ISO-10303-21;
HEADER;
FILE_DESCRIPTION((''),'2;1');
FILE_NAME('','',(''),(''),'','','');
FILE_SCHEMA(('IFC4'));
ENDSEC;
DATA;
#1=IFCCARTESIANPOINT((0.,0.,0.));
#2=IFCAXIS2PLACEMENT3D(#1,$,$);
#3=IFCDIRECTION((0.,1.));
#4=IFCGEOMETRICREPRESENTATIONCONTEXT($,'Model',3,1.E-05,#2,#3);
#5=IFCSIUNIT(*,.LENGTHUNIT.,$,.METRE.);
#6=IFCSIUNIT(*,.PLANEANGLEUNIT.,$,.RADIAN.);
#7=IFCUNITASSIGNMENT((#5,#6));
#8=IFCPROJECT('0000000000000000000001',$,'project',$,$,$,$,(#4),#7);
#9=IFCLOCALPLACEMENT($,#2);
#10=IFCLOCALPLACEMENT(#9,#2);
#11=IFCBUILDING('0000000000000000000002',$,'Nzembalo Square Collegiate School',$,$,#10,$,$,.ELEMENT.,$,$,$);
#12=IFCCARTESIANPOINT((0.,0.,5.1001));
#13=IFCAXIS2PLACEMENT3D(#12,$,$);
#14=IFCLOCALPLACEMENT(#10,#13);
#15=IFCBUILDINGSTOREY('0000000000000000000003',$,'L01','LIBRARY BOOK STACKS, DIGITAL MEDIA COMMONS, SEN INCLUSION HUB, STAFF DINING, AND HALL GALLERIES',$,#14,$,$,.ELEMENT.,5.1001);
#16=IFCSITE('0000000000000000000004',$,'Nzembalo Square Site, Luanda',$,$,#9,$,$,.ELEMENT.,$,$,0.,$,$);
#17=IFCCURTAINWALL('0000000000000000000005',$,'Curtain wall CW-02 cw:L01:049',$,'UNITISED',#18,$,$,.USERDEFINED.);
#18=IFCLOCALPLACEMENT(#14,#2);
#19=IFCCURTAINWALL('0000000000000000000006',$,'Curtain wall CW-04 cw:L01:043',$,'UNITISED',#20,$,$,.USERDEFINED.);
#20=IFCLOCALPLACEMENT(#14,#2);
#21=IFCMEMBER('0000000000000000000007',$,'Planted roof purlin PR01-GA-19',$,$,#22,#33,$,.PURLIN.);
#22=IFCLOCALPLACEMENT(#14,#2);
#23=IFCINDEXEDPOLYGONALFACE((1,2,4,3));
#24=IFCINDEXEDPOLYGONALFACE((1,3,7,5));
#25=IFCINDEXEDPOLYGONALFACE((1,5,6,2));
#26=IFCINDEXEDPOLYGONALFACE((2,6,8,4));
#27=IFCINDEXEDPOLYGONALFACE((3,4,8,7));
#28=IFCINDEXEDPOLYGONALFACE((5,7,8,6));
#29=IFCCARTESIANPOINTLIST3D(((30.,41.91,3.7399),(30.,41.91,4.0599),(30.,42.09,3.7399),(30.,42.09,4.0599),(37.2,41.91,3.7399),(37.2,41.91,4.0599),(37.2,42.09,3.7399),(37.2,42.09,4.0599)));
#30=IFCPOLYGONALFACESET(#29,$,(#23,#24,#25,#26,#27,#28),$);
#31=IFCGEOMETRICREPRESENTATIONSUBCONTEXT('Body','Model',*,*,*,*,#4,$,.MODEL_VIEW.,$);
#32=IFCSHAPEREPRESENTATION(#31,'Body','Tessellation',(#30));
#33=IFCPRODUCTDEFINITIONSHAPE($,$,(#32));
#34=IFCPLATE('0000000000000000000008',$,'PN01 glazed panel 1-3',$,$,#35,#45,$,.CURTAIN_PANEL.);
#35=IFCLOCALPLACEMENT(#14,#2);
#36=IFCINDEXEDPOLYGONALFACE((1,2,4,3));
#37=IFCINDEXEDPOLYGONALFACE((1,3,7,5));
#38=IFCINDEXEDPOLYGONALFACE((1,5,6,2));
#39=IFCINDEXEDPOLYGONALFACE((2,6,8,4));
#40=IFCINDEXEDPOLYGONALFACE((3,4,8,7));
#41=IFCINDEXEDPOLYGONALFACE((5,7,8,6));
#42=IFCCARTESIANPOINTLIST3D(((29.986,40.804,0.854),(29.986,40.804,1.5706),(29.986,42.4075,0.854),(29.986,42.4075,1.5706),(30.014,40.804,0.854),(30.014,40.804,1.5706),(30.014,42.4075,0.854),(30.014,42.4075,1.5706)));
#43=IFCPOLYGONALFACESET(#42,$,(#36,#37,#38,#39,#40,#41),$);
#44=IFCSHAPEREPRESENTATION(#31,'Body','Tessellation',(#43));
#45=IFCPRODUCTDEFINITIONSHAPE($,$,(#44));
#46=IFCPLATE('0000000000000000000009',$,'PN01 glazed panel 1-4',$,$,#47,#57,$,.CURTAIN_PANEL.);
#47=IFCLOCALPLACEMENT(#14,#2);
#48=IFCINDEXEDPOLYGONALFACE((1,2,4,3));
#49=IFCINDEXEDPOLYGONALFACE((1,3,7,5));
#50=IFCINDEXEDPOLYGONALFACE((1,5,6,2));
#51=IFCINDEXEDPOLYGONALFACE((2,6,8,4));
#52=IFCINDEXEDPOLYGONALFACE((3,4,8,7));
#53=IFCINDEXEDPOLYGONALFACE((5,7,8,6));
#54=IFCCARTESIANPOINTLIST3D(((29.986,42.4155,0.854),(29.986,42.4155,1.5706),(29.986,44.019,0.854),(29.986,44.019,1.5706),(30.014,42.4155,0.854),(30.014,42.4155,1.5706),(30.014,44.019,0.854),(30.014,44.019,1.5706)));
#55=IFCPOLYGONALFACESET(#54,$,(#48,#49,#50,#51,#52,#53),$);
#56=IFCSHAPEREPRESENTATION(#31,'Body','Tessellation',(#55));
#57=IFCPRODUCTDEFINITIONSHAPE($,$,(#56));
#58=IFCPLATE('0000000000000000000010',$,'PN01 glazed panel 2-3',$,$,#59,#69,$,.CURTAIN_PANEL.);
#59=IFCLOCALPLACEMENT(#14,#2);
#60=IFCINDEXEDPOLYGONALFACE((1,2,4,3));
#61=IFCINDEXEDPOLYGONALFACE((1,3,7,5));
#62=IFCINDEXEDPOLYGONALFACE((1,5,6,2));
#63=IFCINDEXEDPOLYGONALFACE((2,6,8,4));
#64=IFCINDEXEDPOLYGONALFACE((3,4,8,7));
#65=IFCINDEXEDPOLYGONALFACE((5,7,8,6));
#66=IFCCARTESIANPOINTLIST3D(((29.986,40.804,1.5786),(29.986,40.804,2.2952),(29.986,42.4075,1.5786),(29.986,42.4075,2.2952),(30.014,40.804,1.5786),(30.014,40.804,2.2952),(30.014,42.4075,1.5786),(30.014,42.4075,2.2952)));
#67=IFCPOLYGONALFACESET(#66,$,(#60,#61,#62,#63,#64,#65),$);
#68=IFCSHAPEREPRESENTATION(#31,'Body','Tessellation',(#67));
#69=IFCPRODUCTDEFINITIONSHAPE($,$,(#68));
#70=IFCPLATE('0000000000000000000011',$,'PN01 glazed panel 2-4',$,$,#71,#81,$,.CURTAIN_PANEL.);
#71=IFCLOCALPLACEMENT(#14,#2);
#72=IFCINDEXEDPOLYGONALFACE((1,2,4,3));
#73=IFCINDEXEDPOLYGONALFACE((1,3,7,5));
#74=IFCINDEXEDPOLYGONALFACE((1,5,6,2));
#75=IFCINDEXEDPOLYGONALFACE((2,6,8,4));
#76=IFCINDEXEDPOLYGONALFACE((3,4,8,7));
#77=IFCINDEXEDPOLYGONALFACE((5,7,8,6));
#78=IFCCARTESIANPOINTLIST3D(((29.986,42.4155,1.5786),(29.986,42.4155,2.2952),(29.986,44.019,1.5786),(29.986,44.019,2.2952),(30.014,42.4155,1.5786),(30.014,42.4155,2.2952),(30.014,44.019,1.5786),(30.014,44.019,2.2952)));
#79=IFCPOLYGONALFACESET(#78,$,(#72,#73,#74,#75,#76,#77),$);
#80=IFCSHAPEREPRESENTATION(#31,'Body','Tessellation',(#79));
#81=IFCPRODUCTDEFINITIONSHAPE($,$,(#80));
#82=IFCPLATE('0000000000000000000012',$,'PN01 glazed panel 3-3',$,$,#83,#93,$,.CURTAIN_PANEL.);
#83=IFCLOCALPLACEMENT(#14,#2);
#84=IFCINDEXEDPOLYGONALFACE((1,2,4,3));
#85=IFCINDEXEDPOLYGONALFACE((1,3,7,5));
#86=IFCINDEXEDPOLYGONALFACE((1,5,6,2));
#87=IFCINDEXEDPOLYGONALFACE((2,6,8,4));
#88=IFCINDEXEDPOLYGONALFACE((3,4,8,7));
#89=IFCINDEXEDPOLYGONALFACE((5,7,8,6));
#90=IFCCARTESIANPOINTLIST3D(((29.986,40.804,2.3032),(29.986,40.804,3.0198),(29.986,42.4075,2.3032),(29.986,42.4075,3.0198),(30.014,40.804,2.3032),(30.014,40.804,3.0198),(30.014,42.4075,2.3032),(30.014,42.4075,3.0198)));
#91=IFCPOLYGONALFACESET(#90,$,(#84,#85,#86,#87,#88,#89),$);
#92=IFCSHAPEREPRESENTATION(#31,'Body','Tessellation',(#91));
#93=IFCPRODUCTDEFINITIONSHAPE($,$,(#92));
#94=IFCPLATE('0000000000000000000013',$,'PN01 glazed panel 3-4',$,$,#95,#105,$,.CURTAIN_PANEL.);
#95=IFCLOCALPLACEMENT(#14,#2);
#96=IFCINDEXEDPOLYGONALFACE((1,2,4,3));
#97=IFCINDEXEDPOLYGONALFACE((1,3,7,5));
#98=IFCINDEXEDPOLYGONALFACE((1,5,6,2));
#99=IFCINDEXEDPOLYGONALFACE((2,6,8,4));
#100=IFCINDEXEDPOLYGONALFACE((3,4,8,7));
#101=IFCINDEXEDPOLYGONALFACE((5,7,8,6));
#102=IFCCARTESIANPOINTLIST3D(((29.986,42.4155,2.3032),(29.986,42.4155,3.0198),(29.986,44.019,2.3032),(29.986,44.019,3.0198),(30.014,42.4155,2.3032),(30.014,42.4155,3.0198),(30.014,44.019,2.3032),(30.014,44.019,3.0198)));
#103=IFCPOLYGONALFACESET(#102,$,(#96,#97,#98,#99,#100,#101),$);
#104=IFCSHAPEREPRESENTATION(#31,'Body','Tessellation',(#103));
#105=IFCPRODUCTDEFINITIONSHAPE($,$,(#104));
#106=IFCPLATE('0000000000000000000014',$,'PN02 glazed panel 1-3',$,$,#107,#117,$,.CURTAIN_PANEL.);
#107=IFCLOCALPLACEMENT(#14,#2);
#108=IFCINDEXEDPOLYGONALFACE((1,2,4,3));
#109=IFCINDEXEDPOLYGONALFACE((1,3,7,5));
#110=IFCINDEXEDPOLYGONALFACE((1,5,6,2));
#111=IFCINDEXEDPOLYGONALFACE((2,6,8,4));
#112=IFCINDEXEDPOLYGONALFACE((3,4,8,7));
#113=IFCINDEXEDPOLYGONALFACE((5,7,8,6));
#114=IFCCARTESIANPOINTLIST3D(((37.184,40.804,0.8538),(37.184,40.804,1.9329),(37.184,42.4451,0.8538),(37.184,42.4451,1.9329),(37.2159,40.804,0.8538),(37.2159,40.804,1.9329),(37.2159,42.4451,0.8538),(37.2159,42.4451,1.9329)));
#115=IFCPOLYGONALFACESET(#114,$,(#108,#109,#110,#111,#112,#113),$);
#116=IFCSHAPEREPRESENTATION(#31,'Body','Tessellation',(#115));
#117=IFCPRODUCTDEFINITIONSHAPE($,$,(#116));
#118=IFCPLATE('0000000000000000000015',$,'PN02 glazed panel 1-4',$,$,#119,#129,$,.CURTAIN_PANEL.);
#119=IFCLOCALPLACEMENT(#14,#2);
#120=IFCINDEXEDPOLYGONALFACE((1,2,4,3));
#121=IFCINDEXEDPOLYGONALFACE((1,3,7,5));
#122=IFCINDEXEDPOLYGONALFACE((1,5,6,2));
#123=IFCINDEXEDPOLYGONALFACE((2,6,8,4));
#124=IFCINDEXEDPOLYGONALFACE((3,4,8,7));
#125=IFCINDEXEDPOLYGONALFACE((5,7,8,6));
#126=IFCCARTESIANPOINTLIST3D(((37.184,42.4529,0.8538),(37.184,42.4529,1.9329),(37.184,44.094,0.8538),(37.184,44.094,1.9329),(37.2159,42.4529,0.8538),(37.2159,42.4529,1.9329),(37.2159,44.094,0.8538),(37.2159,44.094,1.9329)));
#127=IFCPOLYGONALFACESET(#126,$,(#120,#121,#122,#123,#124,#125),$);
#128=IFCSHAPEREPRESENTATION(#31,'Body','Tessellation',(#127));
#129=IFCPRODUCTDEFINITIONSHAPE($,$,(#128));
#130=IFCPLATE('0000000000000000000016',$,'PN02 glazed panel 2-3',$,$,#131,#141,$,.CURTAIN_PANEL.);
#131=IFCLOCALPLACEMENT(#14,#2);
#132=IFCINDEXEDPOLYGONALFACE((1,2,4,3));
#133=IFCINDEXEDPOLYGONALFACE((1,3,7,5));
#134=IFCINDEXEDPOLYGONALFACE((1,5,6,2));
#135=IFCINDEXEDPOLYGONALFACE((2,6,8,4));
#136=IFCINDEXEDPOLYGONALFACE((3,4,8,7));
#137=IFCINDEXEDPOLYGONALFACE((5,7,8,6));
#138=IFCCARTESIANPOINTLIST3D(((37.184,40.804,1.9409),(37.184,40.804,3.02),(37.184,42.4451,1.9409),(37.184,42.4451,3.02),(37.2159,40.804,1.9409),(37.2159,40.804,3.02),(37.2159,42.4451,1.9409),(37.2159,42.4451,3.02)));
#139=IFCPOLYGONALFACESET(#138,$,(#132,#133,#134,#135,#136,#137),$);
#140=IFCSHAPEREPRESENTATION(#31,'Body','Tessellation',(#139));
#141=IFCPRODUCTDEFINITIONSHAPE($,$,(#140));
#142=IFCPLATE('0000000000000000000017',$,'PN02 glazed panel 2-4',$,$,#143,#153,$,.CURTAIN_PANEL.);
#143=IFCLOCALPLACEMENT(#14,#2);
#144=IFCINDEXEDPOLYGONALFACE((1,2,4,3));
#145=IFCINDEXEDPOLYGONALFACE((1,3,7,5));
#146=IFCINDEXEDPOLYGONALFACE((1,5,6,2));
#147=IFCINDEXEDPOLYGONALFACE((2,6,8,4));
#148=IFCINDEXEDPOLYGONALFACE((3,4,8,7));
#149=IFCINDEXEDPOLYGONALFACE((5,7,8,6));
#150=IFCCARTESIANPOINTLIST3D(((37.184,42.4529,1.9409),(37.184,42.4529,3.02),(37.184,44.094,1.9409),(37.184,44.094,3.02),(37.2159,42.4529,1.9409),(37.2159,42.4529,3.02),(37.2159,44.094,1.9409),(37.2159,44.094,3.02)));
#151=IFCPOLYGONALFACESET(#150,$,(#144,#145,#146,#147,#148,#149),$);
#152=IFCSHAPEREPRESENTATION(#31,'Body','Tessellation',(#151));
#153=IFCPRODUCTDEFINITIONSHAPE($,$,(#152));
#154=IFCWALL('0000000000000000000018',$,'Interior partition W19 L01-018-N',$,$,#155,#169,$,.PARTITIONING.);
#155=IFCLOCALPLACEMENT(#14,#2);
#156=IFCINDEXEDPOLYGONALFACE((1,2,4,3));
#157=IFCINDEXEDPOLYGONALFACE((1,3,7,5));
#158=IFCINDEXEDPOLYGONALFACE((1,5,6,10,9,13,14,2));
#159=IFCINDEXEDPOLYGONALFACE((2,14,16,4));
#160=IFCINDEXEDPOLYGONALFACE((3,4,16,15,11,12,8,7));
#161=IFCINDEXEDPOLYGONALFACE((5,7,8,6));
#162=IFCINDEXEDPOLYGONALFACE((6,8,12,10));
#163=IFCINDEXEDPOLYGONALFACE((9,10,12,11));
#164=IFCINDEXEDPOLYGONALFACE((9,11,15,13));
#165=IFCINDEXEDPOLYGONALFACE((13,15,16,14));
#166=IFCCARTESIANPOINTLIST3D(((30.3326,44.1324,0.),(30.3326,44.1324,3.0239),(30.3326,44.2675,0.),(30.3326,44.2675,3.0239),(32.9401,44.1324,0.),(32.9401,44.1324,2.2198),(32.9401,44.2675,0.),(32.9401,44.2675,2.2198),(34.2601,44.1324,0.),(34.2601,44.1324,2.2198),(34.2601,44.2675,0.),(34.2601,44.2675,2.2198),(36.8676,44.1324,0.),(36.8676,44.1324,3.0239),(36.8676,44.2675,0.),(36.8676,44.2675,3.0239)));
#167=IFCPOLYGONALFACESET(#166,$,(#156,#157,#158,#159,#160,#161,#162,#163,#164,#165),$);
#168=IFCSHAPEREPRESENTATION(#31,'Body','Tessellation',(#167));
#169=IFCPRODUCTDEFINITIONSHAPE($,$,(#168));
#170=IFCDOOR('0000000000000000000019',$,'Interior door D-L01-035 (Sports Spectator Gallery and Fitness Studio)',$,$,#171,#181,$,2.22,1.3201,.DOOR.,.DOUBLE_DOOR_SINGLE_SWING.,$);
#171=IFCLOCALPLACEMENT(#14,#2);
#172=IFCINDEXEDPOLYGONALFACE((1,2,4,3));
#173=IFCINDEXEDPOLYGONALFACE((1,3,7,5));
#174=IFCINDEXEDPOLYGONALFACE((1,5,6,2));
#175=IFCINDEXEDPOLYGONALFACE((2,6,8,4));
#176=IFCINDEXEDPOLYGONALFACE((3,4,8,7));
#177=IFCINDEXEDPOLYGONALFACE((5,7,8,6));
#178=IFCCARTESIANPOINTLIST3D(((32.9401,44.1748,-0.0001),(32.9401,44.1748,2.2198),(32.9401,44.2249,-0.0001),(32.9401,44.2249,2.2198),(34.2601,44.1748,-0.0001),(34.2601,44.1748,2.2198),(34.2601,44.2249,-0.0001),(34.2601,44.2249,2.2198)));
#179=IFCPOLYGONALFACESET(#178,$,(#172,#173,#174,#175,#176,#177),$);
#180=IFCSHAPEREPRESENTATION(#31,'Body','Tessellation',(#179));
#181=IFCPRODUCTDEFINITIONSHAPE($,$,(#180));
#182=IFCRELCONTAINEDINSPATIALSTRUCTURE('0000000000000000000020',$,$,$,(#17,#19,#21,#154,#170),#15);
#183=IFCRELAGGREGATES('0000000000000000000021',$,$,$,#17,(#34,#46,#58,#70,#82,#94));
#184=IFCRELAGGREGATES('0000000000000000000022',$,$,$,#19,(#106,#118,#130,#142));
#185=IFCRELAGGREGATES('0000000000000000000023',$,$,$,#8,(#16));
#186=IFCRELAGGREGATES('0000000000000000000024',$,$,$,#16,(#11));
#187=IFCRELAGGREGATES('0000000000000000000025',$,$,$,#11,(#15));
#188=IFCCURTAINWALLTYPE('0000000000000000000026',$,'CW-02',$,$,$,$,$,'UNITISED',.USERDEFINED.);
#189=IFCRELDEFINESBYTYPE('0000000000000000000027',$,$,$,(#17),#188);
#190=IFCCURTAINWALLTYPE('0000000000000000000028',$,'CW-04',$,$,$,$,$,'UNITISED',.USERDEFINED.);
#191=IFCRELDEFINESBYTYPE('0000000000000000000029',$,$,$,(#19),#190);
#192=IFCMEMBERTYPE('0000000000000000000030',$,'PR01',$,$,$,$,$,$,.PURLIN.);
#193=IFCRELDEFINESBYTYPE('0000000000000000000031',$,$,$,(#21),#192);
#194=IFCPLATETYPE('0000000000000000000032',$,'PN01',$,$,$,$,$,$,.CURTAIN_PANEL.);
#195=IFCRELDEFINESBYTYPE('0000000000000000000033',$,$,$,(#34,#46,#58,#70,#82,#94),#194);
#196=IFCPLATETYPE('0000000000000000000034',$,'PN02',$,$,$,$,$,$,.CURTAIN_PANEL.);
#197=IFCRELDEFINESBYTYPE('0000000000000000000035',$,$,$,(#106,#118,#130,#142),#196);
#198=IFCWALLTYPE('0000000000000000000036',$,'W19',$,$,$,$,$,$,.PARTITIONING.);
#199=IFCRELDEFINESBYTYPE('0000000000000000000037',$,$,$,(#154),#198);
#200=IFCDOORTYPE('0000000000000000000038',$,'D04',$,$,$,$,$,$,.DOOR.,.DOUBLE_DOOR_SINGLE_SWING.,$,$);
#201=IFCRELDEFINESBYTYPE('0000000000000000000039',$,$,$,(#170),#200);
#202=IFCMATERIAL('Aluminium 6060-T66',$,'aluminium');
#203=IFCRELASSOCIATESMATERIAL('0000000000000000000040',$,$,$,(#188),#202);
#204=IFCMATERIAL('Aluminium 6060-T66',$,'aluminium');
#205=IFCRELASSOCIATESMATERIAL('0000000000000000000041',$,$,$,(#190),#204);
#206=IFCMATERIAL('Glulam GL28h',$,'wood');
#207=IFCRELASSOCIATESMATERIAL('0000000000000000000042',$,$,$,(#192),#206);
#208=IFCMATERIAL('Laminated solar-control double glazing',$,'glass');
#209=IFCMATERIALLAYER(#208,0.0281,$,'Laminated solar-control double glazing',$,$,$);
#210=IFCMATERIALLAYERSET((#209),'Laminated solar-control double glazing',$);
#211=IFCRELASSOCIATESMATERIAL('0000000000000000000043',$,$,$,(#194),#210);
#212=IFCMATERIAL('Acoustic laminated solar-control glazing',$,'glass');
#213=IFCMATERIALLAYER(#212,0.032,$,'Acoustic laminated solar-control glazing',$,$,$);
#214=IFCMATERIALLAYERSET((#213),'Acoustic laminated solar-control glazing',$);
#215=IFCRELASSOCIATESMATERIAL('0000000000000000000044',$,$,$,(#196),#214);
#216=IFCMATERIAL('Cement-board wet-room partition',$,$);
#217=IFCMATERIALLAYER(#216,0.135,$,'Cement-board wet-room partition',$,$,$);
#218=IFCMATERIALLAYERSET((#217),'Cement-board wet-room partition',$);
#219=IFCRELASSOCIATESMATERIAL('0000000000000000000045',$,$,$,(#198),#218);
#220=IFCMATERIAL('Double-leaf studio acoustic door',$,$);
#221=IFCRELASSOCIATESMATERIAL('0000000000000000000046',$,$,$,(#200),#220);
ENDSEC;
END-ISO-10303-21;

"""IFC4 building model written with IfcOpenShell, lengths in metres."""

from ifc_helpers import new_model, si_unit, direction, frame, frame_2d, origin, origin_2d, place, context, subcontext, project, spatial, rectangle, extrude, material, layer, layer_set, material_profile, profile_set, type_object, element, fill, aggregate, save


model = new_model("IFC4")

# Units and contexts
model_context = context("Model", 3, precision=1e-05, world=origin(), true_north=direction((0.0, 1.0)))
body_context = subcontext(model_context, "Body", "Model", "MODEL_VIEW")
ifc_project = project(units=[si_unit("LENGTHUNIT", "METRE"), si_unit("PLANEANGLEUNIT", "RADIAN")], contexts=[model_context])

# Site, building, storey
site_placement = place(None, origin())
site = spatial("IfcSite", under=ifc_project, at=site_placement, Name="Nzembalo Square Site, Luanda", CompositionType="ELEMENT", RefElevation=0.0)
building_placement = place(site_placement, origin())
building = spatial("IfcBuilding", under=site, at=building_placement, Name="Nzembalo Square Collegiate School", CompositionType="ELEMENT")
storey_placement = place(building_placement, frame((0.0, 0.0, 5.1001)))
storey = spatial("IfcBuildingStorey", under=building, at=storey_placement, Name="L01", Description="LIBRARY BOOK STACKS, DIGITAL MEDIA COMMONS, SEN INCLUSION HUB, STAFF DINING, AND HALL GALLERIES", CompositionType="ELEMENT", Elevation=5.1001)

# Curtain walls
ifc_material_1 = material(Name="Aluminium 6060-T66", Category="aluminium")
curtain_wall_type_1 = type_object("IfcCurtainWallType", Name="CW-02", ElementType="UNITISED", PredefinedType="USERDEFINED", material=ifc_material_1)
curtain_wall_1_placement = place(storey_placement, origin())
curtain_wall_1 = element("IfcCurtainWall", 1, at=curtain_wall_1_placement, inside=storey, type_object=curtain_wall_type_1, Name="Curtain wall CW-02 cw:L01:049", ObjectType="UNITISED", PredefinedType="USERDEFINED")
ifc_material_2 = material(Name="Aluminium 6060-T66", Category="aluminium")
curtain_wall_type_2 = type_object("IfcCurtainWallType", Name="CW-04", ElementType="UNITISED", PredefinedType="USERDEFINED", material=ifc_material_2)
curtain_wall_2_placement = place(storey_placement, origin())
curtain_wall_2 = element("IfcCurtainWall", 2, at=curtain_wall_2_placement, inside=storey, type_object=curtain_wall_type_2, Name="Curtain wall CW-04 cw:L01:043", ObjectType="UNITISED", PredefinedType="USERDEFINED")

# Member
ifc_material_3 = material(Name="Glulam GL28h", Category="wood")
ifc_material_profile_1 = material_profile(ifc_material_3, rectangle(XDim=0.1799, YDim=0.3201, at=origin_2d()), Name="GL28h 180x320")
ifc_profile_set_1 = profile_set([ifc_material_profile_1], Name="Glulam GL28h")
member_type_1 = type_object("IfcMemberType", Name="PR01", PredefinedType="PURLIN", material=ifc_profile_set_1)
member_1_placement = place(storey_placement, frame((30.0, 42.0, 3.8999), z_axis=(1.0, 0.0, 0.0), x_axis=(0.0, 1.0, 0.0)))
element("IfcMember", 3, at=member_1_placement, inside=storey, type_object=member_type_1, Name="Planted roof purlin PR01-GA-19", PredefinedType="PURLIN", context=body_context, shape_type="SweptSolid", body=[
    extrude(rectangle(XDim=0.1799, YDim=0.3201, at=origin_2d()), origin(), (0.0, 0.0, 1.0), 7.2),
])

# Plates
ifc_material_4 = material(Name="Laminated solar-control double glazing", Category="glass")
ifc_layer_1 = layer(ifc_material_4, 0.0281, Name="Laminated solar-control double glazing")
ifc_layer_set_1 = layer_set([ifc_layer_1], Name="Laminated solar-control double glazing")
plate_type_1 = type_object("IfcPlateType", Name="PN01", PredefinedType="CURTAIN_PANEL", material=ifc_layer_set_1)
plate_1_placement = place(storey_placement, frame((30.0, 41.6057, 0.854), z_axis=(0.0, 0.0, 1.0), x_axis=(0.0, 1.0, 0.0)))
plate_1 = element("IfcPlate", 4, at=plate_1_placement, type_object=plate_type_1, Name="PN01 glazed panel 1-3", PredefinedType="CURTAIN_PANEL", context=body_context, shape_type="SweptSolid", body=[
    extrude(rectangle(XDim=1.6035, YDim=0.0281, at=origin_2d()), origin(), (0.0, 0.0, 1.0), 0.7166),
])
plate_2_placement = place(storey_placement, frame((30.0, 43.2173, 0.854), z_axis=(0.0, 0.0, 1.0), x_axis=(0.0, 1.0, 0.0)))
plate_2 = element("IfcPlate", 5, at=plate_2_placement, type_object=plate_type_1, Name="PN01 glazed panel 1-4", PredefinedType="CURTAIN_PANEL", context=body_context, shape_type="SweptSolid", body=[
    extrude(rectangle(XDim=1.6035, YDim=0.0281, at=origin_2d()), origin(), (0.0, 0.0, 1.0), 0.7166),
])
plate_3_placement = place(storey_placement, frame((30.0, 41.6057, 1.5786), z_axis=(0.0, 0.0, 1.0), x_axis=(0.0, 1.0, 0.0)))
plate_3 = element("IfcPlate", 6, at=plate_3_placement, type_object=plate_type_1, Name="PN01 glazed panel 2-3", PredefinedType="CURTAIN_PANEL", context=body_context, shape_type="SweptSolid", body=[
    extrude(rectangle(XDim=1.6035, YDim=0.0281, at=origin_2d()), origin(), (0.0, 0.0, 1.0), 0.7166),
])
plate_4_placement = place(storey_placement, frame((30.0, 43.2173, 1.5786), z_axis=(0.0, 0.0, 1.0), x_axis=(0.0, 1.0, 0.0)))
plate_4 = element("IfcPlate", 7, at=plate_4_placement, type_object=plate_type_1, Name="PN01 glazed panel 2-4", PredefinedType="CURTAIN_PANEL", context=body_context, shape_type="SweptSolid", body=[
    extrude(rectangle(XDim=1.6035, YDim=0.0281, at=origin_2d()), origin(), (0.0, 0.0, 1.0), 0.7166),
])
plate_5_placement = place(storey_placement, frame((30.0, 41.6057, 2.3032), z_axis=(0.0, 0.0, 1.0), x_axis=(0.0, 1.0, 0.0)))
plate_5 = element("IfcPlate", 8, at=plate_5_placement, type_object=plate_type_1, Name="PN01 glazed panel 3-3", PredefinedType="CURTAIN_PANEL", context=body_context, shape_type="SweptSolid", body=[
    extrude(rectangle(XDim=1.6035, YDim=0.0281, at=origin_2d()), origin(), (0.0, 0.0, 1.0), 0.7166),
])
plate_6_placement = place(storey_placement, frame((30.0, 43.2173, 2.3032), z_axis=(0.0, 0.0, 1.0), x_axis=(0.0, 1.0, 0.0)))
plate_6 = element("IfcPlate", 9, at=plate_6_placement, type_object=plate_type_1, Name="PN01 glazed panel 3-4", PredefinedType="CURTAIN_PANEL", context=body_context, shape_type="SweptSolid", body=[
    extrude(rectangle(XDim=1.6035, YDim=0.0281, at=origin_2d()), origin(), (0.0, 0.0, 1.0), 0.7166),
])
aggregate(curtain_wall_1, [plate_1, plate_2, plate_3, plate_4, plate_5, plate_6])
ifc_material_5 = material(Name="Acoustic laminated solar-control glazing", Category="glass")
ifc_layer_2 = layer(ifc_material_5, 0.032, Name="Acoustic laminated solar-control glazing")
ifc_layer_set_2 = layer_set([ifc_layer_2], Name="Acoustic laminated solar-control glazing")
plate_type_2 = type_object("IfcPlateType", Name="PN02", PredefinedType="CURTAIN_PANEL", material=ifc_layer_set_2)
plate_7_placement = place(storey_placement, frame((37.2, 41.6245, 0.8538), z_axis=(0.0, 0.0, 1.0), x_axis=(0.0, 1.0, 0.0)))
plate_7 = element("IfcPlate", 10, at=plate_7_placement, type_object=plate_type_2, Name="PN02 glazed panel 1-3", PredefinedType="CURTAIN_PANEL", context=body_context, shape_type="SweptSolid", body=[
    extrude(rectangle(XDim=1.6411, YDim=0.032, at=origin_2d()), origin(), (0.0, 0.0, 1.0), 1.0791),
])
plate_8_placement = place(storey_placement, frame((37.2, 43.2734, 0.8538), z_axis=(0.0, 0.0, 1.0), x_axis=(0.0, 1.0, 0.0)))
plate_8 = element("IfcPlate", 11, at=plate_8_placement, type_object=plate_type_2, Name="PN02 glazed panel 1-4", PredefinedType="CURTAIN_PANEL", context=body_context, shape_type="SweptSolid", body=[
    extrude(rectangle(XDim=1.6411, YDim=0.032, at=origin_2d()), origin(), (0.0, 0.0, 1.0), 1.0791),
])
plate_9_placement = place(storey_placement, frame((37.2, 41.6245, 1.9409), z_axis=(0.0, 0.0, 1.0), x_axis=(0.0, 1.0, 0.0)))
plate_9 = element("IfcPlate", 12, at=plate_9_placement, type_object=plate_type_2, Name="PN02 glazed panel 2-3", PredefinedType="CURTAIN_PANEL", context=body_context, shape_type="SweptSolid", body=[
    extrude(rectangle(XDim=1.6411, YDim=0.032, at=origin_2d()), origin(), (0.0, 0.0, 1.0), 1.0791),
])
plate_10_placement = place(storey_placement, frame((37.2, 43.2734, 1.9409), z_axis=(0.0, 0.0, 1.0), x_axis=(0.0, 1.0, 0.0)))
plate_10 = element("IfcPlate", 13, at=plate_10_placement, type_object=plate_type_2, Name="PN02 glazed panel 2-4", PredefinedType="CURTAIN_PANEL", context=body_context, shape_type="SweptSolid", body=[
    extrude(rectangle(XDim=1.6411, YDim=0.032, at=origin_2d()), origin(), (0.0, 0.0, 1.0), 1.0791),
])
aggregate(curtain_wall_2, [plate_7, plate_8, plate_9, plate_10])

# Wall, opening, door
ifc_material_6 = material(Name="Cement-board wet-room partition")
ifc_layer_3 = layer(ifc_material_6, 0.135, Name="Cement-board wet-room partition")
ifc_layer_set_3 = layer_set([ifc_layer_3], Name="Cement-board wet-room partition")
wall_type = type_object("IfcWallType", Name="W19", PredefinedType="PARTITIONING", material=ifc_layer_set_3)
wall_placement = place(storey_placement, frame((30.3325, 44.2, 0.0), z_axis=(0.0, 0.0, 1.0), x_axis=(1.0, 0.0, 0.0)))
wall = element("IfcWall", 14, at=wall_placement, inside=storey, type_object=wall_type, Name="Interior partition W19 L01-018-N", PredefinedType="PARTITIONING", context=body_context, shape_type="SweptSolid", body=[
    extrude(rectangle(XDim=6.5349, YDim=0.135, at=frame_2d((3.2676, 0.0))), origin(), (0.0, 0.0, 1.0), 3.0239),
])
opening_placement = place(wall_placement, frame((2.6074, 0.0, 0.0)))
opening = element("IfcOpeningElement", 15, at=opening_placement, cuts=wall, PredefinedType="OPENING", context=body_context, shape_type="SweptSolid", body=[
    extrude(rectangle(XDim=1.3201, YDim=2.22, at=frame_2d((0.6602, 1.1099))), frame((0.0, 0.0776, 0.0), z_axis=(0.0, -1.0, 0.0), x_axis=(1.0, 0.0, 0.0)), (0.0, 0.0, 1.0), 0.155),
])
ifc_material_7 = material(Name="Double-leaf studio acoustic door")
door_type = type_object("IfcDoorType", Name="D04", OperationType="DOUBLE_DOOR_SINGLE_SWING", PredefinedType="DOOR", material=ifc_material_7)
door_placement = place(opening_placement, origin())
door = element("IfcDoor", 16, at=door_placement, inside=storey, type_object=door_type, Name="Interior door D-L01-035 (Sports Spectator Gallery and Fitness Studio)", OperationType="DOUBLE_DOOR_SINGLE_SWING", OverallHeight=2.22, OverallWidth=1.3201, PredefinedType="DOOR", context=body_context, shape_type="SweptSolid", body=[
    extrude(rectangle(XDim=1.3201, YDim=2.22, at=frame_2d((0.6602, 1.1099))), frame((0.0, 0.0249, 0.0), z_axis=(0.0, -1.0, 0.0), x_axis=(1.0, 0.0, 0.0)), (0.0, 0.0, 1.0), 0.05),
])
fill(opening, door)

save(model, "model.ifc")
